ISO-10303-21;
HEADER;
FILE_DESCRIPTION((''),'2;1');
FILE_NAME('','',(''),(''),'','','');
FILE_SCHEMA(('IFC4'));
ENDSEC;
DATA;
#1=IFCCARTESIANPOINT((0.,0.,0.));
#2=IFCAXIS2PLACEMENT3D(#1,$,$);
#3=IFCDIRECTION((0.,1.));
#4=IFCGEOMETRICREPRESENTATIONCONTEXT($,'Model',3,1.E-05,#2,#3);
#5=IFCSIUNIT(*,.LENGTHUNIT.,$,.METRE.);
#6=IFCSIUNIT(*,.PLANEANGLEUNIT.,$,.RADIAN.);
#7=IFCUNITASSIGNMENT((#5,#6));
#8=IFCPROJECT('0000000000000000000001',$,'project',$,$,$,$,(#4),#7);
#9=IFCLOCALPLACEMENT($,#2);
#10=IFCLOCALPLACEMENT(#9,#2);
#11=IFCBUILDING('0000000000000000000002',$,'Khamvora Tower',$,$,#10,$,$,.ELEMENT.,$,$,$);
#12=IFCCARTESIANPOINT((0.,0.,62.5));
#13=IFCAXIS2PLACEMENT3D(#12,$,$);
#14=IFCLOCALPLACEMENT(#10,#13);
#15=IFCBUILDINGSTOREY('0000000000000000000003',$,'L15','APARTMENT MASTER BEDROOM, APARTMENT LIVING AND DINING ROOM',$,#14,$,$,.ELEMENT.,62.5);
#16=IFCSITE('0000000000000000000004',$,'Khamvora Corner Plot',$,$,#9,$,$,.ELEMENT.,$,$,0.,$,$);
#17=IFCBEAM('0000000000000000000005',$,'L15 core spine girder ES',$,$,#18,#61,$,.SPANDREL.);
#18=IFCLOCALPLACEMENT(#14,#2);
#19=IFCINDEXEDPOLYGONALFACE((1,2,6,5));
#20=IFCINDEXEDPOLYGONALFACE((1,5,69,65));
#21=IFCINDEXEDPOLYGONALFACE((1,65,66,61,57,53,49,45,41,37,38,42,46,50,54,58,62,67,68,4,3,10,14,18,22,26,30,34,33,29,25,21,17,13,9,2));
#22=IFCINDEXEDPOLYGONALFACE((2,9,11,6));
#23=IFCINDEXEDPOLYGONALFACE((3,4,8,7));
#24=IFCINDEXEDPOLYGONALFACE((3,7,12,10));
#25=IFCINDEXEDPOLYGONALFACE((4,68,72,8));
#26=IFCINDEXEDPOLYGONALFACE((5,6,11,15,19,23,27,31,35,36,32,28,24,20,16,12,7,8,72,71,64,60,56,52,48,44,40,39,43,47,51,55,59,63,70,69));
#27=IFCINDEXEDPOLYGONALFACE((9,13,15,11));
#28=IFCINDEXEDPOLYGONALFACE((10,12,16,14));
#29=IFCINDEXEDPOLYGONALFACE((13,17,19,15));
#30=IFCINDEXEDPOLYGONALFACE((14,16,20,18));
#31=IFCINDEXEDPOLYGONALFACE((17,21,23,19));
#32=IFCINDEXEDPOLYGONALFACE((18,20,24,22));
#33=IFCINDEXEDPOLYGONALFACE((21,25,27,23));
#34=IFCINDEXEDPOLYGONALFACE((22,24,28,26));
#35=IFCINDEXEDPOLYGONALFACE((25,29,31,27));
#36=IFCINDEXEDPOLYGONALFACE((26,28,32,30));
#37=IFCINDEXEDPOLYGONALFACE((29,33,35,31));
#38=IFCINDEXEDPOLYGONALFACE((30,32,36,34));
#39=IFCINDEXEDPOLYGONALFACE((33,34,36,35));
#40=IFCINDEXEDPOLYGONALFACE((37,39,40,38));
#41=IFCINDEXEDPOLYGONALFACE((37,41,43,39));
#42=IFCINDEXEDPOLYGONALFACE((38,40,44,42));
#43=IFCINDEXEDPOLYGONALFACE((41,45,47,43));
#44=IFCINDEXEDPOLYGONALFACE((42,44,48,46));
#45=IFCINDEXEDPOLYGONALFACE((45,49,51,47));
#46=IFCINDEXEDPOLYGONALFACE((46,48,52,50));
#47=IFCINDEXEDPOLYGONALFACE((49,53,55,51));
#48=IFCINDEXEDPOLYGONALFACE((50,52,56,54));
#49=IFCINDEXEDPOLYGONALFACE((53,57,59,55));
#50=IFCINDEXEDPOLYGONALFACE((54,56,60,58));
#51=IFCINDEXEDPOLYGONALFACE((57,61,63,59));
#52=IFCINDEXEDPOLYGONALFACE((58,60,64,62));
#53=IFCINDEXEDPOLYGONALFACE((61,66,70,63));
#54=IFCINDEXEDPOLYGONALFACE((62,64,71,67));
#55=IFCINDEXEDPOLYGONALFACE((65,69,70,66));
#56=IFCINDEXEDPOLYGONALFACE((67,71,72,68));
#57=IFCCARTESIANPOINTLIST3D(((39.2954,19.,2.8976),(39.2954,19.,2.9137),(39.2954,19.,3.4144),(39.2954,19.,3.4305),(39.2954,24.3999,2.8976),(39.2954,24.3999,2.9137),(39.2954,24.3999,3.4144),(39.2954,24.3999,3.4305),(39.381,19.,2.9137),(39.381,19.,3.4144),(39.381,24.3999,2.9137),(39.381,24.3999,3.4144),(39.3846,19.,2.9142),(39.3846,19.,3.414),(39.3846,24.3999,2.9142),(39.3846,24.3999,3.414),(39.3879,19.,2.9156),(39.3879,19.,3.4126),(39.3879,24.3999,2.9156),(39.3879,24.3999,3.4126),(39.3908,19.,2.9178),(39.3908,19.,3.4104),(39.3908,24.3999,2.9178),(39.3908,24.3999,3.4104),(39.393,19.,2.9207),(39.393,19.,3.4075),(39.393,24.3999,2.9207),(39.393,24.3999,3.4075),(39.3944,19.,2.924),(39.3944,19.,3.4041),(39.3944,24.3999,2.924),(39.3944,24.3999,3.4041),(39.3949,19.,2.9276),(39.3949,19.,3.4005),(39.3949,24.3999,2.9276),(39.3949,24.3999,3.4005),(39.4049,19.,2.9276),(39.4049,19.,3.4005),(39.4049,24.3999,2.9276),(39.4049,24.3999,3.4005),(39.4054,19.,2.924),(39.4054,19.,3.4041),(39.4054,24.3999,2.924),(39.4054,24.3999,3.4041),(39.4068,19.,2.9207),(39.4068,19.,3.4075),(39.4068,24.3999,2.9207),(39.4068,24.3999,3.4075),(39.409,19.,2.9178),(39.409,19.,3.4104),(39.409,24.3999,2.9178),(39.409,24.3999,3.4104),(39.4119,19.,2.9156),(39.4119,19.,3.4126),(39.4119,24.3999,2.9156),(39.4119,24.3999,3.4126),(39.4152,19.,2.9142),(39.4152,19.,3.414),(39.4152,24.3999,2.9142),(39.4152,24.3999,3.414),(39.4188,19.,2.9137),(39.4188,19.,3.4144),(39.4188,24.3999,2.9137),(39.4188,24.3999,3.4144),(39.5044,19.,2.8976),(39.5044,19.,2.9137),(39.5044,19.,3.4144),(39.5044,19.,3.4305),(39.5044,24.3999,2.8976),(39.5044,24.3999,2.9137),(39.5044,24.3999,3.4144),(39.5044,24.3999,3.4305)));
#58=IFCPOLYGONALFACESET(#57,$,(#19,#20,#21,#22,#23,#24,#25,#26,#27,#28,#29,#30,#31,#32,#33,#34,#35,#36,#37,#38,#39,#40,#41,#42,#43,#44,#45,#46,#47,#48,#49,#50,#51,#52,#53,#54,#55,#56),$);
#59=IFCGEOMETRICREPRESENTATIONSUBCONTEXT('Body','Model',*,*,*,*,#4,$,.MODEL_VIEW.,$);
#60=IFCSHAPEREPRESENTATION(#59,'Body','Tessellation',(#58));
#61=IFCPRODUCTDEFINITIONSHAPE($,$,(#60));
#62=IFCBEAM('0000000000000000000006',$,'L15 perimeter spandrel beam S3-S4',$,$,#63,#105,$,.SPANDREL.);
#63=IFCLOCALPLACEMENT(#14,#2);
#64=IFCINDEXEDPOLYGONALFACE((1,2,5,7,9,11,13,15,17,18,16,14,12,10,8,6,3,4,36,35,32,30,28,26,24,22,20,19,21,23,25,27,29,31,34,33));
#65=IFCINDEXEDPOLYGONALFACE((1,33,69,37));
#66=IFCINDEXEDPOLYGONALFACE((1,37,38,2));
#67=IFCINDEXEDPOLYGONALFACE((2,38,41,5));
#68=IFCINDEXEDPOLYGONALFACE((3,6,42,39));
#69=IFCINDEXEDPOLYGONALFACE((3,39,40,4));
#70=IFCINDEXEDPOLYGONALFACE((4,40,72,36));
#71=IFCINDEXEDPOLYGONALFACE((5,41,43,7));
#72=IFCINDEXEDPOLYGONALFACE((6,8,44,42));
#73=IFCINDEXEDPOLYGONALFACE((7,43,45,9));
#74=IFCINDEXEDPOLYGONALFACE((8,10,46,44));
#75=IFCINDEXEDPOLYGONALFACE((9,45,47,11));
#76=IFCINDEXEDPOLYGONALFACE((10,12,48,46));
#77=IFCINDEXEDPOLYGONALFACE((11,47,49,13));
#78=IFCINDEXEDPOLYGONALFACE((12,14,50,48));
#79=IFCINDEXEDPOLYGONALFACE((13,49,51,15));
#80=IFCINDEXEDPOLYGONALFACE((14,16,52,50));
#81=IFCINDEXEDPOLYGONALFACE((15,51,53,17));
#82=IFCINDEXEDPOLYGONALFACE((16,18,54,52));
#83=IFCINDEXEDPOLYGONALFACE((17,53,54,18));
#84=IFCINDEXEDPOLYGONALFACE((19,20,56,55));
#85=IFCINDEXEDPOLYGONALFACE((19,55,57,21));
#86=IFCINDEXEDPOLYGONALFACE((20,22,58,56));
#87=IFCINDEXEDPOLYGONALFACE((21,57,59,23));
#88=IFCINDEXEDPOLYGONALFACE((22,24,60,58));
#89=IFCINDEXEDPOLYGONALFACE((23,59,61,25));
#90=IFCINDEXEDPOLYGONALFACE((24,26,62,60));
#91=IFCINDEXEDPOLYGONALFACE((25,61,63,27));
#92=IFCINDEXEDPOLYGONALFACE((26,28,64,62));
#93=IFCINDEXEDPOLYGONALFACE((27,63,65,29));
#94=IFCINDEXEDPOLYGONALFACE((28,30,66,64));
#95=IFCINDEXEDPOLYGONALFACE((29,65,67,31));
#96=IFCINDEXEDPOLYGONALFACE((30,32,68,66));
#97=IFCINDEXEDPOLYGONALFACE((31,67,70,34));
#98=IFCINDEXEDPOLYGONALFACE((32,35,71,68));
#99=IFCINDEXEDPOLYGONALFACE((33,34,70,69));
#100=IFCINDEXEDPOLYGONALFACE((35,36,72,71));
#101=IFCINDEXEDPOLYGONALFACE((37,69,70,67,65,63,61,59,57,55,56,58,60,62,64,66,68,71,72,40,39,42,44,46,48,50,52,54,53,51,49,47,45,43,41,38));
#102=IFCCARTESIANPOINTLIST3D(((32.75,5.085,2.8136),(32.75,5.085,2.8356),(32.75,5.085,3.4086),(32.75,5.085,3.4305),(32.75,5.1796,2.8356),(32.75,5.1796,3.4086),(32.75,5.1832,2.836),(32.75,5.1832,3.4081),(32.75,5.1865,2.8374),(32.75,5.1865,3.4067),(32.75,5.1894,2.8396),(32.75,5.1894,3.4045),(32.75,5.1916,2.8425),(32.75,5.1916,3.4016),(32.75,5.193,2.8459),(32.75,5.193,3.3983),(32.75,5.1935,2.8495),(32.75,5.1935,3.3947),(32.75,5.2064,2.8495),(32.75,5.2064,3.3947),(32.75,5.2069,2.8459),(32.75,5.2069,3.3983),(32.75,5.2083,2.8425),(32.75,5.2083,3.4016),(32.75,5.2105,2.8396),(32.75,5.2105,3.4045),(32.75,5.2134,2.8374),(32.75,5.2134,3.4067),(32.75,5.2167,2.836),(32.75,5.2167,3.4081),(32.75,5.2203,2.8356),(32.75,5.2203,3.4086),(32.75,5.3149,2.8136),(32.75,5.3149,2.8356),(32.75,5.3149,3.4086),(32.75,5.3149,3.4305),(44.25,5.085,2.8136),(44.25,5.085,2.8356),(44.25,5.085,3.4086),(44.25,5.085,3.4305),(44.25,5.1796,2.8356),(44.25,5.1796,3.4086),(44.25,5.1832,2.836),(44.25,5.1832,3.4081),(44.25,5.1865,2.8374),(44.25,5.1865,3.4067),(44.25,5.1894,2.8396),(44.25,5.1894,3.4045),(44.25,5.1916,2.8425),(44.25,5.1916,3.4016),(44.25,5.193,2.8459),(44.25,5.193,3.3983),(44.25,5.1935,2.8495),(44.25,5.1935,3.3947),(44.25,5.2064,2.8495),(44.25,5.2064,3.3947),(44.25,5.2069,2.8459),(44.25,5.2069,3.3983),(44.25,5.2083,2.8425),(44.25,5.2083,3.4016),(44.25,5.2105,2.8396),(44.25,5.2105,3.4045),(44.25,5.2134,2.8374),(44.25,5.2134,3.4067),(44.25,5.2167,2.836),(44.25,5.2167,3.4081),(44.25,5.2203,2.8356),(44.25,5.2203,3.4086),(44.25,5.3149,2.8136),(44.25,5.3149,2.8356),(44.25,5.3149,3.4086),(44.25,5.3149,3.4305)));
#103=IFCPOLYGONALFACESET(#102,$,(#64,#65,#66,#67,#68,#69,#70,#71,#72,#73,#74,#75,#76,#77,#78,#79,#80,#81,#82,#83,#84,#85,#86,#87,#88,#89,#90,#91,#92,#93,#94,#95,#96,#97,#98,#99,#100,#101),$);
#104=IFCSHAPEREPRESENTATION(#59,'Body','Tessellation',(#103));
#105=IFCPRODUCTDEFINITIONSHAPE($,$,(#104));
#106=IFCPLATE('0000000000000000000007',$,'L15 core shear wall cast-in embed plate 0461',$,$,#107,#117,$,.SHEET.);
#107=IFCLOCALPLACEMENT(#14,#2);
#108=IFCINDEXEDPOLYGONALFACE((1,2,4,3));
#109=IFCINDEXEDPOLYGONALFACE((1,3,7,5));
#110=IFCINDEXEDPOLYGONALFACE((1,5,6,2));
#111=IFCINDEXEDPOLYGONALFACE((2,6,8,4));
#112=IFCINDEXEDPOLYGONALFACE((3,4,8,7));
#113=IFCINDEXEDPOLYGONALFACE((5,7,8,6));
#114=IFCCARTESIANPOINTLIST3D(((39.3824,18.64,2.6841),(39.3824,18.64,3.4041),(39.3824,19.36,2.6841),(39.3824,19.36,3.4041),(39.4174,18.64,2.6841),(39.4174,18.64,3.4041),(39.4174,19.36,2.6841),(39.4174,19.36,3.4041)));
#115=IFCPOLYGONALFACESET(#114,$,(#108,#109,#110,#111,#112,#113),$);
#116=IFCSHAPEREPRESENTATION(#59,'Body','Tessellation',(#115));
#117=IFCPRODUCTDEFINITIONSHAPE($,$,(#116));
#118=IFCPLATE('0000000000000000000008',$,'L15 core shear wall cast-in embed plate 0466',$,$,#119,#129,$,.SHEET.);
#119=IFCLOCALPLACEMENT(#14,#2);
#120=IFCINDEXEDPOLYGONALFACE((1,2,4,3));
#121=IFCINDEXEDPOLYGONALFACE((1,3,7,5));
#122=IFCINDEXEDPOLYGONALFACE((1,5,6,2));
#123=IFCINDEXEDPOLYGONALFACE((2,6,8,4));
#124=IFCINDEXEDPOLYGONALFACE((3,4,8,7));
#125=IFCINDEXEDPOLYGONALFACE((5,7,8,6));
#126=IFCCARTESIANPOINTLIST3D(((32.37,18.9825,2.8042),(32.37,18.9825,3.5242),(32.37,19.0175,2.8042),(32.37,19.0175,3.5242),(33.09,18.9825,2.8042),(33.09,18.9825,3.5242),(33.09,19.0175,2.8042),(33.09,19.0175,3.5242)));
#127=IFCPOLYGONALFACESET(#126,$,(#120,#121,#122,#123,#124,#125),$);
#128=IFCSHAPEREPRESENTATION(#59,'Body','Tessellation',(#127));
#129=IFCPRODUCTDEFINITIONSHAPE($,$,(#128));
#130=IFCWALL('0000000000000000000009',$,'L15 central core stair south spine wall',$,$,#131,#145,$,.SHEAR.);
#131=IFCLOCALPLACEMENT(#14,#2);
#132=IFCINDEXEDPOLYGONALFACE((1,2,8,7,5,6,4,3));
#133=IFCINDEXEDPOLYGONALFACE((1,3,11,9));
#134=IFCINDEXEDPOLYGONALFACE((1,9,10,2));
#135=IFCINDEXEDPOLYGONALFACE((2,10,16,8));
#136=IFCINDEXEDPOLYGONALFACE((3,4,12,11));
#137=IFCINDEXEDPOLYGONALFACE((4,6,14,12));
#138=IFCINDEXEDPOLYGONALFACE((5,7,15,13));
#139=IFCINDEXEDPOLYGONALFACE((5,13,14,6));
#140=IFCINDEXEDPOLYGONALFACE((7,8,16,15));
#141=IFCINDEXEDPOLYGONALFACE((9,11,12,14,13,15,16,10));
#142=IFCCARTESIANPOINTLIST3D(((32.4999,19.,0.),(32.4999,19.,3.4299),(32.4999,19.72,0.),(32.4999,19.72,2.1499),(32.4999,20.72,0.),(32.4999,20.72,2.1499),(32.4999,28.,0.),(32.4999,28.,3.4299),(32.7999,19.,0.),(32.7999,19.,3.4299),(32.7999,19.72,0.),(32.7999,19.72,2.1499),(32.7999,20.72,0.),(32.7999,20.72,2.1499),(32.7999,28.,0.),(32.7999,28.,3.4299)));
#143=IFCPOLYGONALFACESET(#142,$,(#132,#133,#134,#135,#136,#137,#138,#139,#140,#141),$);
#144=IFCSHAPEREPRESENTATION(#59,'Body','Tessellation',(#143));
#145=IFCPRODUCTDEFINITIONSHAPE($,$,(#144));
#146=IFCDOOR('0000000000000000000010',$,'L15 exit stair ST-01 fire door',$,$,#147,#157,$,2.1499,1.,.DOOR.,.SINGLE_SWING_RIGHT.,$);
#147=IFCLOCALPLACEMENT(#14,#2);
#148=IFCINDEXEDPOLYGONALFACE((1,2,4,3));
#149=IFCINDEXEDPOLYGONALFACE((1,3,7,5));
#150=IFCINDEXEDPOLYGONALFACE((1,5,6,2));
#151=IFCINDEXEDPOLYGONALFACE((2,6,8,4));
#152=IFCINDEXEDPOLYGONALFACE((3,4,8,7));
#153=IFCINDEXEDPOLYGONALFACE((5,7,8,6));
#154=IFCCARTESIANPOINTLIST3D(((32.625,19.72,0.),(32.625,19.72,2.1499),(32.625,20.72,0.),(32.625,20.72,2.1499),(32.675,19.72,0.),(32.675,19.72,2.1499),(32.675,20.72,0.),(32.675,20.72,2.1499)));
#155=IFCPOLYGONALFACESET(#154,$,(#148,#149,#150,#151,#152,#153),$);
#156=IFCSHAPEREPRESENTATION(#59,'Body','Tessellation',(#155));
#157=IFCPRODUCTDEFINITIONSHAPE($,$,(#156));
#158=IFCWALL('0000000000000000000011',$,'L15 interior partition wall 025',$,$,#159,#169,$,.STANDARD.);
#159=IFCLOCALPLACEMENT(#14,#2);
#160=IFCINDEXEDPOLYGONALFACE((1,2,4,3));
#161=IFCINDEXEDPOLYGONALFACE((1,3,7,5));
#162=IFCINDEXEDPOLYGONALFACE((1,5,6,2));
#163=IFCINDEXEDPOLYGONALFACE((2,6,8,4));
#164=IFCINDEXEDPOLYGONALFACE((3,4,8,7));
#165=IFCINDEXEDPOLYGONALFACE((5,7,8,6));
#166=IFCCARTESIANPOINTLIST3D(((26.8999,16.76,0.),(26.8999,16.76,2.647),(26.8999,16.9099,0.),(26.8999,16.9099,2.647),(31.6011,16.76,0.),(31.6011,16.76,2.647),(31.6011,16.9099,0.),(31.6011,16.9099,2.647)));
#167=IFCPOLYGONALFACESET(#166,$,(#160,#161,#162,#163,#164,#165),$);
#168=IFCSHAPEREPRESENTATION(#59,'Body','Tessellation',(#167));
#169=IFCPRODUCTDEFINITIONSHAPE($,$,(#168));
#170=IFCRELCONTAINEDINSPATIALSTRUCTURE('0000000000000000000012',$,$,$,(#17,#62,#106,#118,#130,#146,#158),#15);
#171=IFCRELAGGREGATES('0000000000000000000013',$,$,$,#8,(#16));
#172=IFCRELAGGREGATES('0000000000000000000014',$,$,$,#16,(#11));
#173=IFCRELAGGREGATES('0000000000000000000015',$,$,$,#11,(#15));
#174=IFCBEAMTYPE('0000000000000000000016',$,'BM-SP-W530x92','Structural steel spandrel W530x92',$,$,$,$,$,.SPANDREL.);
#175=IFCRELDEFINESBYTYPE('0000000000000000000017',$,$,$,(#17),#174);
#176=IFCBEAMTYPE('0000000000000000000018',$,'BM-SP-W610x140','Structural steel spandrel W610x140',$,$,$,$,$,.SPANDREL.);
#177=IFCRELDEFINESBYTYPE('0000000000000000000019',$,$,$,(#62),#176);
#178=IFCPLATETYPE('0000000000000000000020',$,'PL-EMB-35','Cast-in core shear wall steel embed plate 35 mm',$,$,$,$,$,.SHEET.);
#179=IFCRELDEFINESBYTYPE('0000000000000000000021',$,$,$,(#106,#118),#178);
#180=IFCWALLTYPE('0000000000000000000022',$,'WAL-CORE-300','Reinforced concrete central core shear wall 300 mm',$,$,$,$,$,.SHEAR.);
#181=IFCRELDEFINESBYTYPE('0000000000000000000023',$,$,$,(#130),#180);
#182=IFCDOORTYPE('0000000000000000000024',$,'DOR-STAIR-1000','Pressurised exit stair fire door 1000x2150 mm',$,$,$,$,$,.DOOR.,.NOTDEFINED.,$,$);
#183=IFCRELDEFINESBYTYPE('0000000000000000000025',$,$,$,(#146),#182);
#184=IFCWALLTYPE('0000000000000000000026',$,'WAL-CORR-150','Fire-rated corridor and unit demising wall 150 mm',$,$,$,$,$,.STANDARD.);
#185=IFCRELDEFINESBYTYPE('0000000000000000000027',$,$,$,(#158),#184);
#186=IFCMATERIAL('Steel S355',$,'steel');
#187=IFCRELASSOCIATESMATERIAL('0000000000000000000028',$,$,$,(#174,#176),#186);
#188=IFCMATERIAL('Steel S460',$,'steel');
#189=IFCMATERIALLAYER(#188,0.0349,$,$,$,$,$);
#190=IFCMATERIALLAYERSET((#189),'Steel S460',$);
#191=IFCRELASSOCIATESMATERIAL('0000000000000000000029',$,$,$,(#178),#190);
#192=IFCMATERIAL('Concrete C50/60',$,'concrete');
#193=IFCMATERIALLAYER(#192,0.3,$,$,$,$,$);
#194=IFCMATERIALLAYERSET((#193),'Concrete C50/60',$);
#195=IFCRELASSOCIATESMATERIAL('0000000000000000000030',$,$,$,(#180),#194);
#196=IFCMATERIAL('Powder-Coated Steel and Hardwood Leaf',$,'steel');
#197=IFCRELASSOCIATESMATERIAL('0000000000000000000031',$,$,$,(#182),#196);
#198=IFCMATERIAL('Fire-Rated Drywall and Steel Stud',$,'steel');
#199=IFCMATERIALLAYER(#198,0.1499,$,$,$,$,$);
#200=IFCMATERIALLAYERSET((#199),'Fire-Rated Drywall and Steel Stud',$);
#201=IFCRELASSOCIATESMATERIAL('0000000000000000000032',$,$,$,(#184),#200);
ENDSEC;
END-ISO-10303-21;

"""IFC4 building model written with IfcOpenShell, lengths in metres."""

from ifc_helpers import new_model, si_unit, direction, frame, frame_2d, origin, origin_2d, place, context, subcontext, project, spatial, rectangle, i_section, extrude, material, layer, layer_set, material_profile, profile_set, type_object, element, fill, save


model = new_model("IFC4")

# Units and contexts
model_context = context("Model", 3, precision=1e-05, world=origin(), true_north=direction((0.0, 1.0)))
body_context = subcontext(model_context, "Body", "Model", "MODEL_VIEW")
ifc_project = project(units=[si_unit("LENGTHUNIT", "METRE"), si_unit("PLANEANGLEUNIT", "RADIAN")], contexts=[model_context])

# Site, building, storey
site_placement = place(None, origin())
site = spatial("IfcSite", under=ifc_project, at=site_placement, Name="Khamvora Corner Plot", CompositionType="ELEMENT", RefElevation=0.0)
building_placement = place(site_placement, origin())
building = spatial("IfcBuilding", under=site, at=building_placement, Name="Khamvora Tower", CompositionType="ELEMENT")
storey_placement = place(building_placement, frame((0.0, 0.0, 62.5)))
storey = spatial("IfcBuildingStorey", under=building, at=storey_placement, Name="L15", Description="APARTMENT MASTER BEDROOM, APARTMENT LIVING AND DINING ROOM", CompositionType="ELEMENT", Elevation=62.5)

# Shared definitions
ifc_material_1 = material(Name="Steel S460", Category="steel")

# Beams
ifc_material_2 = material(Name="Steel S355", Category="steel")
ifc_material_profile_1 = material_profile(ifc_material_2, i_section(OverallWidth=0.209, OverallDepth=0.533, WebThickness=0.01, FlangeThickness=0.0161, FilletRadius=0.0139, at=origin_2d()), Name="W530x92")
ifc_profile_set_1 = profile_set([ifc_material_profile_1], Name="Steel S355")
beam_type_1 = type_object("IfcBeamType", Name="BM-SP-W530x92", Description="Structural steel spandrel W530x92", PredefinedType="SPANDREL", material=ifc_profile_set_1)
beam_1_placement = place(storey_placement, frame((39.3999, 19.0, 3.1641), z_axis=(0.0, 1.0, 0.0), x_axis=(-1.0, 0.0, 0.0)))
element("IfcBeam", 1, at=beam_1_placement, inside=storey, type_object=beam_type_1, Name="L15 core spine girder ES", PredefinedType="SPANDREL", context=body_context, shape_type="SweptSolid", body=[
    extrude(i_section(OverallWidth=0.209, OverallDepth=0.533, WebThickness=0.01, FlangeThickness=0.0161, FilletRadius=0.0139, at=origin_2d()), origin(), (0.0, 0.0, 1.0), 5.3999),
])
ifc_material_profile_2 = material_profile(ifc_material_2, i_section(OverallWidth=0.23, OverallDepth=0.6169, WebThickness=0.0129, FlangeThickness=0.022, FilletRadius=0.0139, at=origin_2d()), Name="W610x140")
ifc_profile_set_2 = profile_set([ifc_material_profile_2], Name="Steel S355")
beam_type_2 = type_object("IfcBeamType", Name="BM-SP-W610x140", Description="Structural steel spandrel W610x140", PredefinedType="SPANDREL", material=ifc_profile_set_2)
beam_2_placement = place(storey_placement, frame((32.75, 5.2, 3.1221), z_axis=(1.0, 0.0, 0.0), x_axis=(0.0, 1.0, 0.0)))
element("IfcBeam", 2, at=beam_2_placement, inside=storey, type_object=beam_type_2, Name="L15 perimeter spandrel beam S3-S4", PredefinedType="SPANDREL", context=body_context, shape_type="SweptSolid", body=[
    extrude(i_section(OverallWidth=0.23, OverallDepth=0.6169, WebThickness=0.0129, FlangeThickness=0.022, FilletRadius=0.0139, at=origin_2d()), origin(), (0.0, 0.0, 1.0), 11.5),
])

# Plates
ifc_layer_1 = layer(ifc_material_1, 0.0349)
ifc_layer_set_1 = layer_set([ifc_layer_1], Name="Steel S460")
plate_type = type_object("IfcPlateType", Name="PL-EMB-35", Description="Cast-in core shear wall steel embed plate 35 mm", PredefinedType="SHEET", material=ifc_layer_set_1)
plate_1_placement = place(storey_placement, frame((39.3999, 19.0, 2.6841), z_axis=(0.0, 0.0, 1.0), x_axis=(1.0, 0.0, 0.0)))
element("IfcPlate", 3, at=plate_1_placement, inside=storey, type_object=plate_type, Name="L15 core shear wall cast-in embed plate 0461", PredefinedType="SHEET", context=body_context, shape_type="SweptSolid", body=[
    extrude(rectangle(XDim=0.0349, YDim=0.72, at=origin_2d()), origin(), (0.0, 0.0, 1.0), 0.72),
])
plate_2_placement = place(storey_placement, frame((32.73, 19.0, 2.8042), z_axis=(0.0, 0.0, 1.0), x_axis=(1.0, 0.0, 0.0)))
element("IfcPlate", 4, at=plate_2_placement, inside=storey, type_object=plate_type, Name="L15 core shear wall cast-in embed plate 0466", PredefinedType="SHEET", context=body_context, shape_type="SweptSolid", body=[
    extrude(rectangle(XDim=0.72, YDim=0.0349, at=origin_2d()), origin(), (0.0, 0.0, 1.0), 0.72),
])

# Wall, opening, door
ifc_material_3 = material(Name="Concrete C50/60", Category="concrete")
ifc_layer_2 = layer(ifc_material_3, 0.3)
ifc_layer_set_2 = layer_set([ifc_layer_2], Name="Concrete C50/60")
wall_type_1 = type_object("IfcWallType", Name="WAL-CORE-300", Description="Reinforced concrete central core shear wall 300 mm", PredefinedType="SHEAR", material=ifc_layer_set_2)
wall_1_placement = place(storey_placement, frame((32.6499, 19.0, 0.0), z_axis=(0.0, 0.0, 1.0), x_axis=(0.0, 1.0, 0.0)))
wall_1 = element("IfcWall", 5, at=wall_1_placement, inside=storey, type_object=wall_type_1, Name="L15 central core stair south spine wall", PredefinedType="SHEAR", context=body_context, shape_type="SweptSolid", body=[
    extrude(rectangle(XDim=9.0, YDim=0.3, at=frame_2d((4.5, 0.0))), origin(), (0.0, 0.0, 1.0), 3.4299),
])
opening_1_placement = place(wall_1_placement, frame((0.72, 0.0, 0.0)))
opening_1 = element("IfcOpeningElement", 6, at=opening_1_placement, cuts=wall_1, PredefinedType="OPENING", context=body_context, shape_type="SweptSolid", body=[
    extrude(rectangle(XDim=1.0, YDim=2.1499, at=frame_2d((0.5, 1.075))), frame((0.0, 0.1599, 0.0), z_axis=(0.0, -1.0, 0.0), x_axis=(1.0, 0.0, 0.0)), (0.0, 0.0, 1.0), 0.3201),
])
ifc_material_4 = material(Name="Powder-Coated Steel and Hardwood Leaf", Category="steel")
door_type_1 = type_object("IfcDoorType", Name="DOR-STAIR-1000", Description="Pressurised exit stair fire door 1000x2150 mm", OperationType="NOTDEFINED", PredefinedType="DOOR", material=ifc_material_4)
door_1_placement = place(opening_1_placement, origin())
door_1 = element("IfcDoor", 7, at=door_1_placement, inside=storey, type_object=door_type_1, Name="L15 exit stair ST-01 fire door", OperationType="SINGLE_SWING_RIGHT", OverallHeight=2.1499, OverallWidth=1.0, PredefinedType="DOOR", context=body_context, shape_type="SweptSolid", body=[
    extrude(rectangle(XDim=1.0, YDim=2.1499, at=frame_2d((0.5, 1.075))), frame((0.0, 0.0249, 0.0), z_axis=(0.0, -1.0, 0.0), x_axis=(1.0, 0.0, 0.0)), (0.0, 0.0, 1.0), 0.05),
])
fill(opening_1, door_1)
ifc_material_5 = material(Name="Fire-Rated Drywall and Steel Stud", Category="steel")
ifc_layer_3 = layer(ifc_material_5, 0.1499)
ifc_layer_set_3 = layer_set([ifc_layer_3], Name="Fire-Rated Drywall and Steel Stud")
wall_type_2 = type_object("IfcWallType", Name="WAL-CORR-150", Description="Fire-rated corridor and unit demising wall 150 mm", PredefinedType="STANDARD", material=ifc_layer_set_3)

# Wall
wall_2_placement = place(storey_placement, frame((31.6011, 16.835, 0.0), z_axis=(0.0, 0.0, 1.0), x_axis=(-1.0, 0.0, 0.0)))
element("IfcWall", 8, at=wall_2_placement, inside=storey, type_object=wall_type_2, Name="L15 interior partition wall 025", PredefinedType="STANDARD", context=body_context, shape_type="SweptSolid", body=[
    extrude(rectangle(XDim=4.7012, YDim=0.1499, at=frame_2d((2.3506, 0.0))), origin(), (0.0, 0.0, 1.0), 2.647),
])

save(model, "model.ifc")
